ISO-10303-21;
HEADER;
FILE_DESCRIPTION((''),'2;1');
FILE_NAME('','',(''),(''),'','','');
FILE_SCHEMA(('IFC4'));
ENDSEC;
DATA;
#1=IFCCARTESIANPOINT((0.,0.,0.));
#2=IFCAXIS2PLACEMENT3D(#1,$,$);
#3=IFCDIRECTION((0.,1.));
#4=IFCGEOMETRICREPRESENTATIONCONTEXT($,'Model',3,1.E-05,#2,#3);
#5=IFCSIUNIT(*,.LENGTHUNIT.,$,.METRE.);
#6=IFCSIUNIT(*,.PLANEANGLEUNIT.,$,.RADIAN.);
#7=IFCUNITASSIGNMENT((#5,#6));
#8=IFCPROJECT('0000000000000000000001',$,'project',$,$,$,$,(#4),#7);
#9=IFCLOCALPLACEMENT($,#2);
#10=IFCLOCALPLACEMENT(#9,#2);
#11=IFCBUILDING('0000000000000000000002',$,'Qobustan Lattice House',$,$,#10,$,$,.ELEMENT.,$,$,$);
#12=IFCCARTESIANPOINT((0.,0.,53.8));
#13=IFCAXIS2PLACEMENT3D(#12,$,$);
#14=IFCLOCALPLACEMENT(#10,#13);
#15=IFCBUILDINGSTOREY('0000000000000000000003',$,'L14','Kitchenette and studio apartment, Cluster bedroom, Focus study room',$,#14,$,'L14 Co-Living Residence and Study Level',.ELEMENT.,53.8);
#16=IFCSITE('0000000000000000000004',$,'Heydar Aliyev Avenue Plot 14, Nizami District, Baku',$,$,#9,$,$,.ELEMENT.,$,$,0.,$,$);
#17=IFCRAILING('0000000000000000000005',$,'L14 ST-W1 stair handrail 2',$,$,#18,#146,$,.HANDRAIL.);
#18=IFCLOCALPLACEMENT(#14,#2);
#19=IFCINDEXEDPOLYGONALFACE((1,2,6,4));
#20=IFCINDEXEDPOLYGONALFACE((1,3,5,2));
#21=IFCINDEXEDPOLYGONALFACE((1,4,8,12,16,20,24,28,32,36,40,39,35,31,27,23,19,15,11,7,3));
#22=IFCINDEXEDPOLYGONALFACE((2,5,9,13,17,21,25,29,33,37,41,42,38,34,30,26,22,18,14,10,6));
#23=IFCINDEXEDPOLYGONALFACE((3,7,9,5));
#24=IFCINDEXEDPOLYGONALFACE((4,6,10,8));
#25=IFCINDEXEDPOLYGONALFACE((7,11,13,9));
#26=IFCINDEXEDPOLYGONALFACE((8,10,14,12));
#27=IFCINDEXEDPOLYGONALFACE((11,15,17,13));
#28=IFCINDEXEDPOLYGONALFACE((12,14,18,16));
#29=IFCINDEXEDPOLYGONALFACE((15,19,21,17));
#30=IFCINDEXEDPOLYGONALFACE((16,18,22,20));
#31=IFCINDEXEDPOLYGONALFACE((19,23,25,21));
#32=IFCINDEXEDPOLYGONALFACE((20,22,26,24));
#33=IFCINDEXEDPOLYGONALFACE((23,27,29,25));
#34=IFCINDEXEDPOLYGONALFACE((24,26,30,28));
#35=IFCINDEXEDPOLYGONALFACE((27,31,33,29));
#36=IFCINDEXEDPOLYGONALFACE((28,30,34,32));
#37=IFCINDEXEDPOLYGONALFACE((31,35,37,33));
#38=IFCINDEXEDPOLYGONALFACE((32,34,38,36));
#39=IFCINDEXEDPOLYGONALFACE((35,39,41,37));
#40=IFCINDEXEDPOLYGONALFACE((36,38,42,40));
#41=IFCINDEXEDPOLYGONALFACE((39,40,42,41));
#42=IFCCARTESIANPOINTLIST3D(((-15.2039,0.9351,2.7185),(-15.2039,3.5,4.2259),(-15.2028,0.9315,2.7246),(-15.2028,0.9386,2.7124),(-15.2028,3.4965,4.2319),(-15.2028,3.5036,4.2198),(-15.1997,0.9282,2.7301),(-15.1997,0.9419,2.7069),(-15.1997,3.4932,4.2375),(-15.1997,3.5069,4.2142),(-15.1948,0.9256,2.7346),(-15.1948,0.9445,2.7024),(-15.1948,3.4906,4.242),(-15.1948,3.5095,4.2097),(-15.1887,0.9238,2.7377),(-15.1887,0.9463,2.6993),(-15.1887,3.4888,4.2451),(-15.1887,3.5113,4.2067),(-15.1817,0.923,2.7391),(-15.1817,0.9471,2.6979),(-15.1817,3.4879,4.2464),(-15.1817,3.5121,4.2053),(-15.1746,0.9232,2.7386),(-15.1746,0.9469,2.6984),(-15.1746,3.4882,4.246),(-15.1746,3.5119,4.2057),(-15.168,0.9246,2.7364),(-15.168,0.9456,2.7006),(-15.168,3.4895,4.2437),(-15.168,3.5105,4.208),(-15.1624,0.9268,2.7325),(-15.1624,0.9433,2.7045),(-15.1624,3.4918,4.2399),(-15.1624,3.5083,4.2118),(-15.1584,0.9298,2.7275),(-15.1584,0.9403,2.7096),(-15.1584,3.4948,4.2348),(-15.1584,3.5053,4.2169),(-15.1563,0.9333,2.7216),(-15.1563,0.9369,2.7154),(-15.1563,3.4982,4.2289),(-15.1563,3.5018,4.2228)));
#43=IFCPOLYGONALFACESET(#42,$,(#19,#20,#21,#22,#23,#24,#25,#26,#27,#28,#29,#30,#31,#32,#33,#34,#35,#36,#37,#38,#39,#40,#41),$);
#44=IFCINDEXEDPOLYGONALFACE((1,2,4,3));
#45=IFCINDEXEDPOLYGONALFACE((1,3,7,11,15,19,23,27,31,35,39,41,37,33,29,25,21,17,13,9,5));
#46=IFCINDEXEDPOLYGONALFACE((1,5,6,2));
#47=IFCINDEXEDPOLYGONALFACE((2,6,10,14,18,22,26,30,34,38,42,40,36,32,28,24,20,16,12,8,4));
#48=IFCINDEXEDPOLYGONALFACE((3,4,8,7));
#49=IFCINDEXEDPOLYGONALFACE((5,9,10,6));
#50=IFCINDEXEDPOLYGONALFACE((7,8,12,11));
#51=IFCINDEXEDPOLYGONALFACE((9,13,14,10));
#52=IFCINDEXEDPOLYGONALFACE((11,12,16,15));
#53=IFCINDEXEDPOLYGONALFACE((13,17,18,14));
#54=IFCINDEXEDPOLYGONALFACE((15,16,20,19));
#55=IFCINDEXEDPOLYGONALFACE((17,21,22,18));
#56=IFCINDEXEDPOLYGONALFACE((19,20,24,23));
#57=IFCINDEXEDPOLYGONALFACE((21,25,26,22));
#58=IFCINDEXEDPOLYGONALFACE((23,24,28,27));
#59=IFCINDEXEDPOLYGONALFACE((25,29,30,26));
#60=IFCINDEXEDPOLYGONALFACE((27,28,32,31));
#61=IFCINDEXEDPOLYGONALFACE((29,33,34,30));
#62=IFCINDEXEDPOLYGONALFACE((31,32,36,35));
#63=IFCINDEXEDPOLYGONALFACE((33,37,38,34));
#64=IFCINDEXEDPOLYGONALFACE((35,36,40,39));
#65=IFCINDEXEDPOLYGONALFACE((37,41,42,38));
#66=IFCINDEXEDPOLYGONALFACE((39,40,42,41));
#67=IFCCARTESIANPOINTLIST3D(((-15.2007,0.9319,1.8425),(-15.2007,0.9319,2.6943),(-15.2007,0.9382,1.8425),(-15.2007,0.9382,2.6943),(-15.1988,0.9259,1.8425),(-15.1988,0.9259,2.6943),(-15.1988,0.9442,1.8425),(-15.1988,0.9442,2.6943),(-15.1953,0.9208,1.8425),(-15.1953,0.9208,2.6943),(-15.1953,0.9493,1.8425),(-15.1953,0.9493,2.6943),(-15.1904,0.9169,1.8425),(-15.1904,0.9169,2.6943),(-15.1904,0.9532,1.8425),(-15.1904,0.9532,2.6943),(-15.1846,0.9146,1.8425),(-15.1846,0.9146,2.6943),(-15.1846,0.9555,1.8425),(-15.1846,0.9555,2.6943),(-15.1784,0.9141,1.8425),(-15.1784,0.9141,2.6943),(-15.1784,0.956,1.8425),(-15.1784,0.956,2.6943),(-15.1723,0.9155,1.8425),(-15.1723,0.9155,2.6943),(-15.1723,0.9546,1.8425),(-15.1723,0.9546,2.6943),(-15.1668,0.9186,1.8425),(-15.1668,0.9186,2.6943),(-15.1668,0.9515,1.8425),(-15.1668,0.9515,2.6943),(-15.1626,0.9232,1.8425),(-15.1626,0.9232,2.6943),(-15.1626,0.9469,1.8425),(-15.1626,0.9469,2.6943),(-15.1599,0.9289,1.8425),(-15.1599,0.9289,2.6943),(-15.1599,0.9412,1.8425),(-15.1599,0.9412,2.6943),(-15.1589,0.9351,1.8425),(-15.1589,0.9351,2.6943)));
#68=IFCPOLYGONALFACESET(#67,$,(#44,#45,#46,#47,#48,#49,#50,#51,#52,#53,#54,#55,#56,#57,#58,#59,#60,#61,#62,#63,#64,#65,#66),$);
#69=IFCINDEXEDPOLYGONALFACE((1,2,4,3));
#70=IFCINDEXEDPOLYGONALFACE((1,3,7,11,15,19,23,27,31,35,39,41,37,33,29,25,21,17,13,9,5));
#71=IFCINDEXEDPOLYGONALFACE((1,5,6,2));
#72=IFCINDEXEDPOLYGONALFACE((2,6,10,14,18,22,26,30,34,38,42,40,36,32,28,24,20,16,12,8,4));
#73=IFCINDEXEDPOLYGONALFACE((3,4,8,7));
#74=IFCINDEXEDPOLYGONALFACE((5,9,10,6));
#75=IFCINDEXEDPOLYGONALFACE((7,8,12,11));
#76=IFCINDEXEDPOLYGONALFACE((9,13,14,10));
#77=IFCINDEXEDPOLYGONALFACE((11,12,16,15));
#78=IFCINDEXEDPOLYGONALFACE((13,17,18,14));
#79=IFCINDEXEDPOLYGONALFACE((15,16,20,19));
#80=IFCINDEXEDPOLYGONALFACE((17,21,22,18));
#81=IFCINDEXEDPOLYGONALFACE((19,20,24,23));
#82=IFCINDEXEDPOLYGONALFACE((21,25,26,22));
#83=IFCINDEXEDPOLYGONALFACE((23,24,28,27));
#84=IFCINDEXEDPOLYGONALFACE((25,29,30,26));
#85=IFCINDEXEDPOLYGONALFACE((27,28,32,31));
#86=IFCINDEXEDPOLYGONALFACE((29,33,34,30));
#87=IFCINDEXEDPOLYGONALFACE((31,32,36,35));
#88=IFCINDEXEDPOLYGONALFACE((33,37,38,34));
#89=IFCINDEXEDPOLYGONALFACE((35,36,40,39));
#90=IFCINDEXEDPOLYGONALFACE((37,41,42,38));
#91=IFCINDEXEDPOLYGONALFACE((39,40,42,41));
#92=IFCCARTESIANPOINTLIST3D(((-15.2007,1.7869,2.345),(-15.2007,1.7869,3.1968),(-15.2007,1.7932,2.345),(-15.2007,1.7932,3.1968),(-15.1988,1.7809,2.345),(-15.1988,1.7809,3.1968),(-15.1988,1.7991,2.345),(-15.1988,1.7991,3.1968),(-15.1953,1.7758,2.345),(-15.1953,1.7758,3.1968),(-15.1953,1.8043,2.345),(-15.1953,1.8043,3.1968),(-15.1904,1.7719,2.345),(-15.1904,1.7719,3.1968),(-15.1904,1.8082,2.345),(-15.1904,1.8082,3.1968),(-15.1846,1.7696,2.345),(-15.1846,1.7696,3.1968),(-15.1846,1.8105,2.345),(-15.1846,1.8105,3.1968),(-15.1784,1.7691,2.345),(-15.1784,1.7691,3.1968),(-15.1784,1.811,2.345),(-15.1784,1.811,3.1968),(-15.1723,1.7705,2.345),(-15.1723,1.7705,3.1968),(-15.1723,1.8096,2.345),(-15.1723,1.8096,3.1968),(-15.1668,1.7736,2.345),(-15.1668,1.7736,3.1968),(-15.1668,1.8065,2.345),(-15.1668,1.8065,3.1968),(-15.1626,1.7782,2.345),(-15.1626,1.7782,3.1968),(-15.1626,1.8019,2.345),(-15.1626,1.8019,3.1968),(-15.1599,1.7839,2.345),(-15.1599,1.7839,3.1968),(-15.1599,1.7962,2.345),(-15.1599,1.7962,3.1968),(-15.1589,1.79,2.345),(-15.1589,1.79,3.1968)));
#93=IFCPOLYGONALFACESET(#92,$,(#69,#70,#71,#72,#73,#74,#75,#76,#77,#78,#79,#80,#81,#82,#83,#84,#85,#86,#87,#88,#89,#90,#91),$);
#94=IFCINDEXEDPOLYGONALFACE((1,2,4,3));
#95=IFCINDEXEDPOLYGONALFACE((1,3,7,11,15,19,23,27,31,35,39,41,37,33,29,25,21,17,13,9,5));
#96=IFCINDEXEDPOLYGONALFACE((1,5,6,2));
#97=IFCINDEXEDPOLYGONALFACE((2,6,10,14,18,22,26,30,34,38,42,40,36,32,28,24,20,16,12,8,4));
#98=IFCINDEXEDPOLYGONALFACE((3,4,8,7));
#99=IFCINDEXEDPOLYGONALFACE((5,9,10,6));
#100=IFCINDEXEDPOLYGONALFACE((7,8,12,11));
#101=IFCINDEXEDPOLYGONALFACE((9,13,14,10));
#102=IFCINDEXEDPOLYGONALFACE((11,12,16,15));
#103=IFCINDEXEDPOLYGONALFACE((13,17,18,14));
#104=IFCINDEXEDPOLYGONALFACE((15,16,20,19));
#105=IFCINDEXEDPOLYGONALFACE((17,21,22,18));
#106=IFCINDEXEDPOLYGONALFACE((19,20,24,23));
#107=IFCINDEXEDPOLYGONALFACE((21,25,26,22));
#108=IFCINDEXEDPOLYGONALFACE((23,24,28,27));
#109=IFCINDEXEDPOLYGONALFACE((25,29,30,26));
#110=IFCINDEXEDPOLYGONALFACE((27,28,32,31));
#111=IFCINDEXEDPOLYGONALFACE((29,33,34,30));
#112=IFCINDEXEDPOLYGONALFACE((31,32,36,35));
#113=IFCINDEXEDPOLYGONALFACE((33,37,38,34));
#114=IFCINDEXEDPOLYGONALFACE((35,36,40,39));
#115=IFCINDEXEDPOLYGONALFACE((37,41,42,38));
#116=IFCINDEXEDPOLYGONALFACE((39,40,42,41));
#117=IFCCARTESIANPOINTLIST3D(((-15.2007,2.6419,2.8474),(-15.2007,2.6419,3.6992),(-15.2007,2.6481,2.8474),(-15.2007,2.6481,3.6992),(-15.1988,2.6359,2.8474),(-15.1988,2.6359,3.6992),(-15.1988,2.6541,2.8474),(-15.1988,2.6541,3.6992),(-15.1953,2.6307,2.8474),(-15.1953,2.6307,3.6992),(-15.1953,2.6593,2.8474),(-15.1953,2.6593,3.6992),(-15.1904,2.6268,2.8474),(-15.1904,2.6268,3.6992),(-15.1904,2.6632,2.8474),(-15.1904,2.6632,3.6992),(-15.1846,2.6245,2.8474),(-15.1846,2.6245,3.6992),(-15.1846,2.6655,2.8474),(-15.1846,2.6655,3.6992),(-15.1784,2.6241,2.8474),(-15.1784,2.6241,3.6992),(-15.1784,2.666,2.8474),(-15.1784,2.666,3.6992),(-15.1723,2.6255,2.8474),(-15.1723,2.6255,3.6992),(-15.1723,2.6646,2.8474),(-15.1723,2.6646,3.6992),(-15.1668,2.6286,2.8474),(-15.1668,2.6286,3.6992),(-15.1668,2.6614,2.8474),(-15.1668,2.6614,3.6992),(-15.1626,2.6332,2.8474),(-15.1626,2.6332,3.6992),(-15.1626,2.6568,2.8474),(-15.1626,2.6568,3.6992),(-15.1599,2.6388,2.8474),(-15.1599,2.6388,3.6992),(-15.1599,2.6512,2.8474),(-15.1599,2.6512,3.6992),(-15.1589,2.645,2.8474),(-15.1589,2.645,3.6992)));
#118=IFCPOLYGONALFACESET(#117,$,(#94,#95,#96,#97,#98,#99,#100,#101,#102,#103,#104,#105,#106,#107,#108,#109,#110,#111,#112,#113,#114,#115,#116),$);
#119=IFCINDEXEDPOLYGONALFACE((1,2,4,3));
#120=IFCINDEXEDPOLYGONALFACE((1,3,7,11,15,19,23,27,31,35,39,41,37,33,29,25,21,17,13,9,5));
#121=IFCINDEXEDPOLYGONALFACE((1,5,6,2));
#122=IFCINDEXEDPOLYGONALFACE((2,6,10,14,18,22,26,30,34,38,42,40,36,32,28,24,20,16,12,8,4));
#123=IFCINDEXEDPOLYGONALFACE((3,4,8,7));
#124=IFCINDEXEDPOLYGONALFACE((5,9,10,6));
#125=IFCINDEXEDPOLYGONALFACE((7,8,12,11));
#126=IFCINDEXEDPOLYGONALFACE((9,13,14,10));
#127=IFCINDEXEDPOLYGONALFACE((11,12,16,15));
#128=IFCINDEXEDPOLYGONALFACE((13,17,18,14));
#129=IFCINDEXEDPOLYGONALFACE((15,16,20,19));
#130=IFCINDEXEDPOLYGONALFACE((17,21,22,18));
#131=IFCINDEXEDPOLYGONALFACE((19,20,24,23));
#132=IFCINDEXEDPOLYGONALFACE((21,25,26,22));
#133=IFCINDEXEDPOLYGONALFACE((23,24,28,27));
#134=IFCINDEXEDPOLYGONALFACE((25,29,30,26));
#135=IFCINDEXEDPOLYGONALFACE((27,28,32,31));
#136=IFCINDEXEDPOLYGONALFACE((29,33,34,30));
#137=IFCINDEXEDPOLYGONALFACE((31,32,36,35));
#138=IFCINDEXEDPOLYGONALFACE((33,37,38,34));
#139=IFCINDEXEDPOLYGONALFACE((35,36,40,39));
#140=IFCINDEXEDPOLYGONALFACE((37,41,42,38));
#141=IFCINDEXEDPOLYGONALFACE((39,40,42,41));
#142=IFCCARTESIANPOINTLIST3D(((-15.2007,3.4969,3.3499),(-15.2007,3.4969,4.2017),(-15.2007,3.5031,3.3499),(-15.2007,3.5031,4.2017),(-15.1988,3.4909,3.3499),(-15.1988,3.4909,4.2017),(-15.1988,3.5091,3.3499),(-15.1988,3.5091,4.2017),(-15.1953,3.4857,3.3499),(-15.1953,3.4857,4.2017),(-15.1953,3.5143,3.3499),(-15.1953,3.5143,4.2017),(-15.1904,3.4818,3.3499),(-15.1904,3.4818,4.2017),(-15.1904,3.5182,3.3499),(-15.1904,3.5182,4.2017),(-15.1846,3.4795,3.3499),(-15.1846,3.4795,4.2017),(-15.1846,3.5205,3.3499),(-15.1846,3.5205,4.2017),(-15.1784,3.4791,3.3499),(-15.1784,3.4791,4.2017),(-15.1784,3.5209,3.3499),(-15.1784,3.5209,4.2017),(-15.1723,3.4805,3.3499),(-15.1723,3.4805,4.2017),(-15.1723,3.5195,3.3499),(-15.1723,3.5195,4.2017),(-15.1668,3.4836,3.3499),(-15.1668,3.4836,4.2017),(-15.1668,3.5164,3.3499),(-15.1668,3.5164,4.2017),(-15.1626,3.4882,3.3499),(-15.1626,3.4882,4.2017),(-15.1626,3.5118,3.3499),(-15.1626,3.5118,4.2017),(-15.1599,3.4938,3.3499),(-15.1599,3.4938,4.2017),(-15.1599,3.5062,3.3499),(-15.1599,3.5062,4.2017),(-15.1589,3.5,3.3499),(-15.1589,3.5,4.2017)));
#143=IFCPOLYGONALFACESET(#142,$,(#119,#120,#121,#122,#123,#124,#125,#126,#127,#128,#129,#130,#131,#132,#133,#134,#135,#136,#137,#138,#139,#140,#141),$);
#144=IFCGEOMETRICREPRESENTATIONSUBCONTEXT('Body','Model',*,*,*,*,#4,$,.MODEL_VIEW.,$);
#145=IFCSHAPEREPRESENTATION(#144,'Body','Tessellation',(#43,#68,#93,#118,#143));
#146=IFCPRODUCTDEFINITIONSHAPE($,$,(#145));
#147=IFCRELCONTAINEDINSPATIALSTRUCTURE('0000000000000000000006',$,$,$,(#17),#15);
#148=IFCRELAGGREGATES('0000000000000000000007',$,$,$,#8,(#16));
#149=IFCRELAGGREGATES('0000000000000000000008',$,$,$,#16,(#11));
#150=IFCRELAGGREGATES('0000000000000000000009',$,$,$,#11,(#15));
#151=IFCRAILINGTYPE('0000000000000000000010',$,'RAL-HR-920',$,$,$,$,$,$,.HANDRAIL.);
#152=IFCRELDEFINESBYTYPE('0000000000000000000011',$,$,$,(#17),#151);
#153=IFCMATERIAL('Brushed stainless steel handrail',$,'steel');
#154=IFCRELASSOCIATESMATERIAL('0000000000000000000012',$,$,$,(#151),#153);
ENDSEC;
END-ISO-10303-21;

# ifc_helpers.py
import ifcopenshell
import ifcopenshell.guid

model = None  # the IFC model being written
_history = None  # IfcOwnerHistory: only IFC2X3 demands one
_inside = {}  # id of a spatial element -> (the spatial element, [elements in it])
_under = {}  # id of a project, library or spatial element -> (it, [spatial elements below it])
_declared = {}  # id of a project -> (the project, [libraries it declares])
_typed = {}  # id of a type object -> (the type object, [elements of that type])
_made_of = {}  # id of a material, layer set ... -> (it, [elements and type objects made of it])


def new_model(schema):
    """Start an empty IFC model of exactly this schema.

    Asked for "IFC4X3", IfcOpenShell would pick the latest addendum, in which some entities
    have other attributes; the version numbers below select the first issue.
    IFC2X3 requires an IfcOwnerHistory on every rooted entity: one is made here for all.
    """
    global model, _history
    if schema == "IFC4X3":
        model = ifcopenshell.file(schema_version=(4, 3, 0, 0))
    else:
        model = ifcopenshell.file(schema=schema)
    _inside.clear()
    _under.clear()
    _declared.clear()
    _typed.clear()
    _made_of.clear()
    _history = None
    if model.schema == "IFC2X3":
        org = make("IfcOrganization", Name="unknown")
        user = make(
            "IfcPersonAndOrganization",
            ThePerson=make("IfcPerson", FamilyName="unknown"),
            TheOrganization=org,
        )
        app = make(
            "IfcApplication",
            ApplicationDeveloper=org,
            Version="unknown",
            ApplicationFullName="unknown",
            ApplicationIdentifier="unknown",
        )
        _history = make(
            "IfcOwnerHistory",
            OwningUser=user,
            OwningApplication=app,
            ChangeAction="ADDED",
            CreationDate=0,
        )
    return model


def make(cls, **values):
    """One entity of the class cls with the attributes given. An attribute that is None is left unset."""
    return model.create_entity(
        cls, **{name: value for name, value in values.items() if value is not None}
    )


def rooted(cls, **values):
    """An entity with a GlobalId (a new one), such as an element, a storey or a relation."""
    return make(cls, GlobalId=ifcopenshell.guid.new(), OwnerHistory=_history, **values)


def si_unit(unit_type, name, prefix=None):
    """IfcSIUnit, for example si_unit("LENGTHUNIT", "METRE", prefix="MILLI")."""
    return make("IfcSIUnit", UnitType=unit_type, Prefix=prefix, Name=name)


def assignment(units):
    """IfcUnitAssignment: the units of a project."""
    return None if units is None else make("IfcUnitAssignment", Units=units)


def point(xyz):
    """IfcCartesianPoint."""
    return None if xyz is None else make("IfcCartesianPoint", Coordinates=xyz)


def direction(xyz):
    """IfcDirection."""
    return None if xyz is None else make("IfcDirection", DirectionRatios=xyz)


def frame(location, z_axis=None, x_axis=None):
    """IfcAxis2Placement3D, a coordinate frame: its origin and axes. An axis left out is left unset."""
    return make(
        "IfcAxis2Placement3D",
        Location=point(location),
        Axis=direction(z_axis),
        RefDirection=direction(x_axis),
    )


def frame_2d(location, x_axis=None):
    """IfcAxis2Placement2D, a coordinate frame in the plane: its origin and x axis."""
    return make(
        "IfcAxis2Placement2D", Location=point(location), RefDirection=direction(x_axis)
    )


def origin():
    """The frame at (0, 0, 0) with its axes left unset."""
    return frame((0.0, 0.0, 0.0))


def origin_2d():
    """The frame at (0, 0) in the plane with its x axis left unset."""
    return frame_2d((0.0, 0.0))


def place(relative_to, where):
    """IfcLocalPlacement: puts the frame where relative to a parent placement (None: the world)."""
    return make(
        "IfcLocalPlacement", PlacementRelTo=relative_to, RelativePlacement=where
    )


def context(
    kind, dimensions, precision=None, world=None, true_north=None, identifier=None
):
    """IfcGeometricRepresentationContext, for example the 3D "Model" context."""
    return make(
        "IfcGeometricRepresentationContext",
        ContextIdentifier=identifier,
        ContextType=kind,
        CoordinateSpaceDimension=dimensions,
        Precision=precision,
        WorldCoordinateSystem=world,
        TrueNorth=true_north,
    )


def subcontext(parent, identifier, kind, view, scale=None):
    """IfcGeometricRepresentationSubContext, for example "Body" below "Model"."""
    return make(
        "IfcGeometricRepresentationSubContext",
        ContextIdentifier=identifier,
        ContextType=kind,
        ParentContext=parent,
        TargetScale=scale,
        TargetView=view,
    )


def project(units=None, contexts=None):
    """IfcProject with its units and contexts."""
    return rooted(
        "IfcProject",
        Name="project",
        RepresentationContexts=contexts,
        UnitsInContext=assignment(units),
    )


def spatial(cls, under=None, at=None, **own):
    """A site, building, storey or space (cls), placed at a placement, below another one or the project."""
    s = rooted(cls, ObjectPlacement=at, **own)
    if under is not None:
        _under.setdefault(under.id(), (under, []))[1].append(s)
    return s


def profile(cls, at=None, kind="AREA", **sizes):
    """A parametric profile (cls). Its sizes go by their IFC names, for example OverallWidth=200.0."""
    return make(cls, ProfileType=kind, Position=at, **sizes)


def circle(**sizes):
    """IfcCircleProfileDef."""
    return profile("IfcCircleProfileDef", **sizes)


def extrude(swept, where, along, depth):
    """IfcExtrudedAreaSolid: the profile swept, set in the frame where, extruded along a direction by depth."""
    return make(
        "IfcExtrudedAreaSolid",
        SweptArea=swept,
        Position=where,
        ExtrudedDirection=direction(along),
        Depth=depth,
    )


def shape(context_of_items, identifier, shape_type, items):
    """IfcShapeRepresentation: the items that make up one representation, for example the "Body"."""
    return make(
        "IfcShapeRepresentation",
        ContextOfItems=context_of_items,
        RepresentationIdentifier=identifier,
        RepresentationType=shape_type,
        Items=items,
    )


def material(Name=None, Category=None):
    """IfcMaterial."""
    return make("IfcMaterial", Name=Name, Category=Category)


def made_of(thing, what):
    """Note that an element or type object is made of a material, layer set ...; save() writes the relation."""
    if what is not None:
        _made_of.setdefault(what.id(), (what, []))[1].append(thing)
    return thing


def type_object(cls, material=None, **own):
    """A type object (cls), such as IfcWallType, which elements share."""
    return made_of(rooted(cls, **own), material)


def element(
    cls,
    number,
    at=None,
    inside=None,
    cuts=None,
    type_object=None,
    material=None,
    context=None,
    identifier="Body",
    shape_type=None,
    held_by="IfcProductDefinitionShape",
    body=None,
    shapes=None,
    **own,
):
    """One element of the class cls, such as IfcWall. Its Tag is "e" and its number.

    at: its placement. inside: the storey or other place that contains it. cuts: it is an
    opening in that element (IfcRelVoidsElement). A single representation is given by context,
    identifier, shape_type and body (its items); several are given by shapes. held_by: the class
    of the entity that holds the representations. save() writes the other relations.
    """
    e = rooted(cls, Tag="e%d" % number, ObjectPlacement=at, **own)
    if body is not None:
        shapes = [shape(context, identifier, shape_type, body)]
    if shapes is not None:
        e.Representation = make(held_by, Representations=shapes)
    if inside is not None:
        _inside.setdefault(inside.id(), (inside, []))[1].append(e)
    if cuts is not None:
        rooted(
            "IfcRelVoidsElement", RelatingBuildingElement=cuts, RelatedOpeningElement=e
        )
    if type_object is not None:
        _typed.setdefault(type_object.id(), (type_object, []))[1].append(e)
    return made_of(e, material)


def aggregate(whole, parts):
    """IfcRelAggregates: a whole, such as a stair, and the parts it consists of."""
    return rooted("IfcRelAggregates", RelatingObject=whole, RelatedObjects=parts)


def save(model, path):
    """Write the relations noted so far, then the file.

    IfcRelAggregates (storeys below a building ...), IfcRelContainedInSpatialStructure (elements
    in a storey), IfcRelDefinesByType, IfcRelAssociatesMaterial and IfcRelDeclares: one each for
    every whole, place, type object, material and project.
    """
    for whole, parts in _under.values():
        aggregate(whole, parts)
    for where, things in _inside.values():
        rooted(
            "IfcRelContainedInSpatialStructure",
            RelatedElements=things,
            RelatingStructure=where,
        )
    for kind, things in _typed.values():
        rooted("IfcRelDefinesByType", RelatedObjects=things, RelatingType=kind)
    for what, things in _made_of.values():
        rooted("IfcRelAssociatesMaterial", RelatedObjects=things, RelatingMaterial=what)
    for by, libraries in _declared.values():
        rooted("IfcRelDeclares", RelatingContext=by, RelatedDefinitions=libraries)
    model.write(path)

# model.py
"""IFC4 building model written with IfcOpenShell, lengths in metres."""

from ifc_helpers import new_model, si_unit, direction, frame, origin, origin_2d, place, context, subcontext, project, spatial, circle, extrude, material, type_object, element, save


model = new_model("IFC4")

# Units and contexts
model_context = context("Model", 3, precision=1e-05, world=origin(), true_north=direction((0.0, 1.0)))
body_context = subcontext(model_context, "Body", "Model", "MODEL_VIEW")
ifc_project = project(units=[si_unit("LENGTHUNIT", "METRE"), si_unit("PLANEANGLEUNIT", "RADIAN")], contexts=[model_context])

# Site, building, storey
site_placement = place(None, origin())
site = spatial("IfcSite", under=ifc_project, at=site_placement, Name="Heydar Aliyev Avenue Plot 14, Nizami District, Baku", CompositionType="ELEMENT", RefElevation=0.0)
building_placement = place(site_placement, origin())
building = spatial("IfcBuilding", under=site, at=building_placement, Name="Qobustan Lattice House", CompositionType="ELEMENT")
storey_placement = place(building_placement, frame((0.0, 0.0, 53.8)))
storey = spatial("IfcBuildingStorey", under=building, at=storey_placement, Name="L14", Description="Kitchenette and studio apartment, Cluster bedroom, Focus study room", LongName="L14 Co-Living Residence and Study Level", CompositionType="ELEMENT", Elevation=53.8)

# Railing
ifc_material_1 = material(Name="Brushed stainless steel handrail", Category="steel")
railing_type_1 = type_object("IfcRailingType", Name="RAL-HR-920", PredefinedType="HANDRAIL", material=ifc_material_1)
railing_1_placement = place(storey_placement, frame((-15.1799, 0.9351, 1.8425)))
element("IfcRailing", 1, at=railing_1_placement, inside=storey, type_object=railing_type_1, Name="L14 ST-W1 stair handrail 2", PredefinedType="HANDRAIL", context=body_context, shape_type="SweptSolid", body=[
    extrude(circle(Radius=0.0239, at=origin_2d()), frame((0.0, 0.0, 0.876), z_axis=(0.0, 0.862149, 0.506654), x_axis=(-1.0, 0.0, 0.0)), (0.0, 0.0, 1.0), 2.9751),
    extrude(circle(Radius=0.021, at=origin_2d()), origin(), (0.0, 0.0, 1.0), 0.8518),
    extrude(circle(Radius=0.021, at=origin_2d()), frame((0.0, 0.855, 0.5024)), (0.0, 0.0, 1.0), 0.8518),
    extrude(circle(Radius=0.021, at=origin_2d()), frame((0.0, 1.71, 1.0049)), (0.0, 0.0, 1.0), 0.8518),
    extrude(circle(Radius=0.021, at=origin_2d()), frame((0.0, 2.5649, 1.5073)), (0.0, 0.0, 1.0), 0.8518),
])

save(model, "model.ifc")
